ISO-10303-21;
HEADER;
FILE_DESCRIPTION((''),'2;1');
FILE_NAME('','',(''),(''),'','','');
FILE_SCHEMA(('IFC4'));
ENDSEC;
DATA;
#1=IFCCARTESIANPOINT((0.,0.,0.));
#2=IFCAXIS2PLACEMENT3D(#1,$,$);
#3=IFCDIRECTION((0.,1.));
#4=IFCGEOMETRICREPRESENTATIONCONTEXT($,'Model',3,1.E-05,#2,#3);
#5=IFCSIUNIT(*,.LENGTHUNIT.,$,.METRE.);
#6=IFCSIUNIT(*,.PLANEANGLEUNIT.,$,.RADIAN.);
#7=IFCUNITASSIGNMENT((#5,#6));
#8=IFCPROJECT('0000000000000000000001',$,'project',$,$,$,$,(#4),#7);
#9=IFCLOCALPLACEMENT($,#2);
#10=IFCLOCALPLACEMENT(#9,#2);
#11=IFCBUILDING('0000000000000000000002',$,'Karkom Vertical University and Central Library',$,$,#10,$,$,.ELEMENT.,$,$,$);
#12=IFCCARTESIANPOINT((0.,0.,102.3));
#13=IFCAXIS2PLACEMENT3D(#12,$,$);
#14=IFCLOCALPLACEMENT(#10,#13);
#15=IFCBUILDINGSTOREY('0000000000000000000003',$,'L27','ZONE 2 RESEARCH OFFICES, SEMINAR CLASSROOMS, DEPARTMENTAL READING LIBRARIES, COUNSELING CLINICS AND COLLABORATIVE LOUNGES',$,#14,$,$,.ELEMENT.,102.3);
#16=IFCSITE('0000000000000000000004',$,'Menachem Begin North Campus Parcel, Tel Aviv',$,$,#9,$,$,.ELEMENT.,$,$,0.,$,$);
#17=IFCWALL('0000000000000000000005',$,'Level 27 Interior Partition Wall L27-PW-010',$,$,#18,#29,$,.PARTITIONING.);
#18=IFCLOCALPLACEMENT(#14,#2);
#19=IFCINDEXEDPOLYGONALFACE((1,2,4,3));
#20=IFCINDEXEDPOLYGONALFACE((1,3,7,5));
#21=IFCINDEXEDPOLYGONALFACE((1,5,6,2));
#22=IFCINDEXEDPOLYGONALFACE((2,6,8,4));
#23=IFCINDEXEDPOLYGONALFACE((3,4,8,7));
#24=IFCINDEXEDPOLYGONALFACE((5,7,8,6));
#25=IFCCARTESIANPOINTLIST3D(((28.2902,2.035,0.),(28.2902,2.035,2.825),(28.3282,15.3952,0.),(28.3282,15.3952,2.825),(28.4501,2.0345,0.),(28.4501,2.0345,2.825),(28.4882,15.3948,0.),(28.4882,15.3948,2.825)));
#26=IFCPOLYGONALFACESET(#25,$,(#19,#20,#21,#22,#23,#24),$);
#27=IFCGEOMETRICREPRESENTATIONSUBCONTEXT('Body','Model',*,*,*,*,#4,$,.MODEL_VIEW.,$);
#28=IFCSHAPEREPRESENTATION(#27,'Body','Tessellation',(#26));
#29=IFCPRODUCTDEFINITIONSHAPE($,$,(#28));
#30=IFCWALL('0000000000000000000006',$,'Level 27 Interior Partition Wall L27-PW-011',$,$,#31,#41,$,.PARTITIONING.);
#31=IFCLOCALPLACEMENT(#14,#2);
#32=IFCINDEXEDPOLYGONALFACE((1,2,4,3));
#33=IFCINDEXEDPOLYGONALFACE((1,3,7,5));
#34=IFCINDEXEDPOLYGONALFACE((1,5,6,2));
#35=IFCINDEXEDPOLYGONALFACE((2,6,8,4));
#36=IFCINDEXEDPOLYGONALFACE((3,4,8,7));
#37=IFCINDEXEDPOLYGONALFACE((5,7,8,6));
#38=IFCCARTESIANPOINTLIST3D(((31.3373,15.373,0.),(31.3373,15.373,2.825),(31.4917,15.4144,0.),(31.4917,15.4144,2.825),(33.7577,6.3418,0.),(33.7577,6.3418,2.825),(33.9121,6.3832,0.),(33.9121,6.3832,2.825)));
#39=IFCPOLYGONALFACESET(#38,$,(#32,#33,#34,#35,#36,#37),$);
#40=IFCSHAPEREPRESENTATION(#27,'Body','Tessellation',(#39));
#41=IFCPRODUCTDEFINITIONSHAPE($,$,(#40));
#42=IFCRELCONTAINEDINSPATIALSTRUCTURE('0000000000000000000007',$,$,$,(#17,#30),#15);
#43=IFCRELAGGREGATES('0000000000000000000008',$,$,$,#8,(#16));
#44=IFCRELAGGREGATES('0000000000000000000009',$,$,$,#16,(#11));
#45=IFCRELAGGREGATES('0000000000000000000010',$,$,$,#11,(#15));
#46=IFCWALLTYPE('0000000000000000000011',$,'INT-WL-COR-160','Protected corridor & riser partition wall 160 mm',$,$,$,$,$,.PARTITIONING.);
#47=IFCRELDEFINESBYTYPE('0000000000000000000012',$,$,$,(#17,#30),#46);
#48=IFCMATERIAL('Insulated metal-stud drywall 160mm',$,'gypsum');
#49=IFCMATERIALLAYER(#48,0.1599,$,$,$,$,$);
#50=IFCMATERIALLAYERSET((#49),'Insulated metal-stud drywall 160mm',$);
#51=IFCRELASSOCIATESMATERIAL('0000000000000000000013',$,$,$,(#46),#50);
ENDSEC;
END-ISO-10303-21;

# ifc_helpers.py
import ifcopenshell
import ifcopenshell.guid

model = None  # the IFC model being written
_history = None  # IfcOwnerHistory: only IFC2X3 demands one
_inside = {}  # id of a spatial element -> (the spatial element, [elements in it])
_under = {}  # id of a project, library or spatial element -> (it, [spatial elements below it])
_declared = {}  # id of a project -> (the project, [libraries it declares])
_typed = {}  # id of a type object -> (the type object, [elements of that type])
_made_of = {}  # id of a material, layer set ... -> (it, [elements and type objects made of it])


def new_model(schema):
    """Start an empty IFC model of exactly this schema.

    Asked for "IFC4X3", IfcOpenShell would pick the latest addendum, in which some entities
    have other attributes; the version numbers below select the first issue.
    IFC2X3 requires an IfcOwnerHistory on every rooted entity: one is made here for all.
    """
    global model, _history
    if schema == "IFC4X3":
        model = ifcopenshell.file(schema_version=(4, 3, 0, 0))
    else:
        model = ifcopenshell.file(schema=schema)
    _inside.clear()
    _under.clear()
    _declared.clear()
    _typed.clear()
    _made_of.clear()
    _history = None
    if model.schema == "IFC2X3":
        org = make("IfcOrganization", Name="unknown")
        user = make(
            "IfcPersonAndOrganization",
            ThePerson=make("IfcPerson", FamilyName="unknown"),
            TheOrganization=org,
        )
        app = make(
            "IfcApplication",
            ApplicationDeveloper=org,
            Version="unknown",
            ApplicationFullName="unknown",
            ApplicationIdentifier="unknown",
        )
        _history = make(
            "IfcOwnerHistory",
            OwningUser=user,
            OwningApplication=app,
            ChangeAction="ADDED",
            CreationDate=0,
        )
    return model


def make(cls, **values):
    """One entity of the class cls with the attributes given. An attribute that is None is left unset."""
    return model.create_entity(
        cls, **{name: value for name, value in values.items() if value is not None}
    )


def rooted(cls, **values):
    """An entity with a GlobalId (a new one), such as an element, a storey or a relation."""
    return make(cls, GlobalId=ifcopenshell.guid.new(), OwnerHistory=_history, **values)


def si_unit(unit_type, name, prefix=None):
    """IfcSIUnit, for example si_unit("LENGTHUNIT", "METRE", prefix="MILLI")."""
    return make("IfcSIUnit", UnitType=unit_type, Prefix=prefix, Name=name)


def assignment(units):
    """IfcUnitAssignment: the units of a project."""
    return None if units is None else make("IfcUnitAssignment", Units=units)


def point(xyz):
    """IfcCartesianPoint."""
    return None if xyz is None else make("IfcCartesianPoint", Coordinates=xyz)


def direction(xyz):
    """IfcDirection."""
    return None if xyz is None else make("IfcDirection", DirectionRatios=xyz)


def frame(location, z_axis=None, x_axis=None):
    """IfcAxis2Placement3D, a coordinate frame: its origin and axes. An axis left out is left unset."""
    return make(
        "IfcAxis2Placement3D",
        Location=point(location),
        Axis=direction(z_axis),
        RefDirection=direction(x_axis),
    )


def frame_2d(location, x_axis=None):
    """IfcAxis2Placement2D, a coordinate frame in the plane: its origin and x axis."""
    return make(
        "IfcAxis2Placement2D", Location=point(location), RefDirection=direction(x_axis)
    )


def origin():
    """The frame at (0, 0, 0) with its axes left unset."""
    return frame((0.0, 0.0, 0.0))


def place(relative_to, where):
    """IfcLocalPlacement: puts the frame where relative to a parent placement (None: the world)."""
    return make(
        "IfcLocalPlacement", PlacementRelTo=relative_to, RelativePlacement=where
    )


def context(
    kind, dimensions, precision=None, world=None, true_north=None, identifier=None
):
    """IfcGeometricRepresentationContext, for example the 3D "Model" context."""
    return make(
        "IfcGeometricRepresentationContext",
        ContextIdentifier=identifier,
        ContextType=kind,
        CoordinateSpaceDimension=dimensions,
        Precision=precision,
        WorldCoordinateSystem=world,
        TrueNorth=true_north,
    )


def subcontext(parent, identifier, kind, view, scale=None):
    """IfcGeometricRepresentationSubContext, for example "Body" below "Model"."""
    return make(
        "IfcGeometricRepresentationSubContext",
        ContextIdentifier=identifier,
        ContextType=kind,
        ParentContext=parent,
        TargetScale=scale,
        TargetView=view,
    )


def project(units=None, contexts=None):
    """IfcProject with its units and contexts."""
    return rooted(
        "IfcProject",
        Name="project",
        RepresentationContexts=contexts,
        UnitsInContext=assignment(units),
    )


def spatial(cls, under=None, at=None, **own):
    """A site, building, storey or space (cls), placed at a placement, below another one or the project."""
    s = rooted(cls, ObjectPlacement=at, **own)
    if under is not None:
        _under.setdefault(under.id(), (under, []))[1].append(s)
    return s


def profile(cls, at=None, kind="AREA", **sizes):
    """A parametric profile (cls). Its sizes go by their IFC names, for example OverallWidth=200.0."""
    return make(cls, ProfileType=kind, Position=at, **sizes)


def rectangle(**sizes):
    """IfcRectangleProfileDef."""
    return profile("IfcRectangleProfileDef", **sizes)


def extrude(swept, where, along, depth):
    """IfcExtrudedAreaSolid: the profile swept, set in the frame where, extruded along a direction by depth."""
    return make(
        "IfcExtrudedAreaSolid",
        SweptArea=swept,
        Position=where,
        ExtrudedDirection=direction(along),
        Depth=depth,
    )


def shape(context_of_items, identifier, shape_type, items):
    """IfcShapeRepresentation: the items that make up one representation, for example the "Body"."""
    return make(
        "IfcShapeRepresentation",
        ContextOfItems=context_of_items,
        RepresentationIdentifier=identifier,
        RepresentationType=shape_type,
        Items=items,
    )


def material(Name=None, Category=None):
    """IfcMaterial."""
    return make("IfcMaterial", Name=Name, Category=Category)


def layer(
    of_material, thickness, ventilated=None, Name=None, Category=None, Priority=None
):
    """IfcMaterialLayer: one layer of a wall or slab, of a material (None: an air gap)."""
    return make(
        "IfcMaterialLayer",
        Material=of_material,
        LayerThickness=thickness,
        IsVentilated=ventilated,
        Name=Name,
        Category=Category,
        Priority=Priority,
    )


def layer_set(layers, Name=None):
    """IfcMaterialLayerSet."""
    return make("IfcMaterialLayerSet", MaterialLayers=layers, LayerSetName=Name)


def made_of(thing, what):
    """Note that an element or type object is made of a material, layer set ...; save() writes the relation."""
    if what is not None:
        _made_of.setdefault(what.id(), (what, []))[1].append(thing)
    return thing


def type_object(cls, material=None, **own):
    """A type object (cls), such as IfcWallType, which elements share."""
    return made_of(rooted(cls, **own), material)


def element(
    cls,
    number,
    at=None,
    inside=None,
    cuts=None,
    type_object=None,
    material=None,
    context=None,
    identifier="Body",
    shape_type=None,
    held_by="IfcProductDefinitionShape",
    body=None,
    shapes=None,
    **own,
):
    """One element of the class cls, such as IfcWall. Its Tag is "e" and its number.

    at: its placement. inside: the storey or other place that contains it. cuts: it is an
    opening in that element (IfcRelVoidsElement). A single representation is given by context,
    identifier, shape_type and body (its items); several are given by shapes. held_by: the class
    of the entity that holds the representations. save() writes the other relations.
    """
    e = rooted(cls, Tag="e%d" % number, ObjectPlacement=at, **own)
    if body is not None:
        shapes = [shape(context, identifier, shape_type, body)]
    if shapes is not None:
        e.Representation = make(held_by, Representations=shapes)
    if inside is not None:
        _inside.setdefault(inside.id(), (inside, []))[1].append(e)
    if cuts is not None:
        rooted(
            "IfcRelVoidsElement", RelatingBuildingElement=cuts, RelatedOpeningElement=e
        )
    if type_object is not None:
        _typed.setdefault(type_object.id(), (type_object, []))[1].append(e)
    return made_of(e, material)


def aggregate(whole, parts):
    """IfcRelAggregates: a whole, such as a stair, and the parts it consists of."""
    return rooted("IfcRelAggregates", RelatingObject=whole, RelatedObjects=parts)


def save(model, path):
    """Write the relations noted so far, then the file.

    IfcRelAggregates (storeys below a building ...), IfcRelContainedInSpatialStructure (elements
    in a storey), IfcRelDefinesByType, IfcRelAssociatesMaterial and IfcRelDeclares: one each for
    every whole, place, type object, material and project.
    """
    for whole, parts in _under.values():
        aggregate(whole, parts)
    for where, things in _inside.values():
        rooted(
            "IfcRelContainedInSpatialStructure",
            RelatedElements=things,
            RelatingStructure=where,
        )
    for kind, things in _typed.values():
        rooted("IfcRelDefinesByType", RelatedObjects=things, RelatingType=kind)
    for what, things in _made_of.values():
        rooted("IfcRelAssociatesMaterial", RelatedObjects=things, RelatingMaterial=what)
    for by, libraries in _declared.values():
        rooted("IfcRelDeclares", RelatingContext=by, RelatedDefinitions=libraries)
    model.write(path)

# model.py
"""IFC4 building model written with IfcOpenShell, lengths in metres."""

from ifc_helpers import new_model, si_unit, direction, frame, frame_2d, origin, place, context, subcontext, project, spatial, rectangle, extrude, material, layer, layer_set, type_object, element, save


model = new_model("IFC4")

# Units and contexts
model_context = context("Model", 3, precision=1e-05, world=origin(), true_north=direction((0.0, 1.0)))
body_context = subcontext(model_context, "Body", "Model", "MODEL_VIEW")
ifc_project = project(units=[si_unit("LENGTHUNIT", "METRE"), si_unit("PLANEANGLEUNIT", "RADIAN")], contexts=[model_context])

# Site, building, storey
site_placement = place(None, origin())
site = spatial("IfcSite", under=ifc_project, at=site_placement, Name="Menachem Begin North Campus Parcel, Tel Aviv", CompositionType="ELEMENT", RefElevation=0.0)
building_placement = place(site_placement, origin())
building = spatial("IfcBuilding", under=site, at=building_placement, Name="Karkom Vertical University and Central Library", CompositionType="ELEMENT")
storey_placement = place(building_placement, frame((0.0, 0.0, 102.3)))
storey = spatial("IfcBuildingStorey", under=building, at=storey_placement, Name="L27", Description="ZONE 2 RESEARCH OFFICES, SEMINAR CLASSROOMS, DEPARTMENTAL READING LIBRARIES, COUNSELING CLINICS AND COLLABORATIVE LOUNGES", CompositionType="ELEMENT", Elevation=102.3)

# Shared definitions
ifc_material_1 = material(Name="Insulated metal-stud drywall 160mm", Category="gypsum")
ifc_layer_1 = layer(ifc_material_1, 0.1599)
ifc_layer_set_1 = layer_set([ifc_layer_1], Name="Insulated metal-stud drywall 160mm")
wall_type_1 = type_object("IfcWallType", Name="INT-WL-COR-160", Description="Protected corridor & riser partition wall 160 mm", PredefinedType="PARTITIONING", material=ifc_layer_set_1)

# Walls
wall_1_placement = place(storey_placement, frame((28.4082, 15.395, 0.0), z_axis=(0.0, 0.0, 1.0), x_axis=(-0.002851, -0.999996, 0.0)))
element("IfcWall", 1, at=wall_1_placement, inside=storey, type_object=wall_type_1, Name="Level 27 Interior Partition Wall L27-PW-010", PredefinedType="PARTITIONING", context=body_context, shape_type="SweptSolid", body=[
    extrude(rectangle(XDim=13.3604, YDim=0.1599, at=frame_2d((6.6802, 0.0))), origin(), (0.0, 0.0, 1.0), 2.825),
])
wall_2_placement = place(storey_placement, frame((31.4146, 15.3936, 0.0), z_axis=(0.0, 0.0, 1.0), x_axis=(0.258868, -0.965913, 0.0)))
element("IfcWall", 2, at=wall_2_placement, inside=storey, type_object=wall_type_1, Name="Level 27 Interior Partition Wall L27-PW-011", PredefinedType="PARTITIONING", context=body_context, shape_type="SweptSolid", body=[
    extrude(rectangle(XDim=9.3499, YDim=0.1599, at=frame_2d((4.6748, 0.0))), origin(), (0.0, 0.0, 1.0), 2.825),
])

save(model, "model.ifc")
